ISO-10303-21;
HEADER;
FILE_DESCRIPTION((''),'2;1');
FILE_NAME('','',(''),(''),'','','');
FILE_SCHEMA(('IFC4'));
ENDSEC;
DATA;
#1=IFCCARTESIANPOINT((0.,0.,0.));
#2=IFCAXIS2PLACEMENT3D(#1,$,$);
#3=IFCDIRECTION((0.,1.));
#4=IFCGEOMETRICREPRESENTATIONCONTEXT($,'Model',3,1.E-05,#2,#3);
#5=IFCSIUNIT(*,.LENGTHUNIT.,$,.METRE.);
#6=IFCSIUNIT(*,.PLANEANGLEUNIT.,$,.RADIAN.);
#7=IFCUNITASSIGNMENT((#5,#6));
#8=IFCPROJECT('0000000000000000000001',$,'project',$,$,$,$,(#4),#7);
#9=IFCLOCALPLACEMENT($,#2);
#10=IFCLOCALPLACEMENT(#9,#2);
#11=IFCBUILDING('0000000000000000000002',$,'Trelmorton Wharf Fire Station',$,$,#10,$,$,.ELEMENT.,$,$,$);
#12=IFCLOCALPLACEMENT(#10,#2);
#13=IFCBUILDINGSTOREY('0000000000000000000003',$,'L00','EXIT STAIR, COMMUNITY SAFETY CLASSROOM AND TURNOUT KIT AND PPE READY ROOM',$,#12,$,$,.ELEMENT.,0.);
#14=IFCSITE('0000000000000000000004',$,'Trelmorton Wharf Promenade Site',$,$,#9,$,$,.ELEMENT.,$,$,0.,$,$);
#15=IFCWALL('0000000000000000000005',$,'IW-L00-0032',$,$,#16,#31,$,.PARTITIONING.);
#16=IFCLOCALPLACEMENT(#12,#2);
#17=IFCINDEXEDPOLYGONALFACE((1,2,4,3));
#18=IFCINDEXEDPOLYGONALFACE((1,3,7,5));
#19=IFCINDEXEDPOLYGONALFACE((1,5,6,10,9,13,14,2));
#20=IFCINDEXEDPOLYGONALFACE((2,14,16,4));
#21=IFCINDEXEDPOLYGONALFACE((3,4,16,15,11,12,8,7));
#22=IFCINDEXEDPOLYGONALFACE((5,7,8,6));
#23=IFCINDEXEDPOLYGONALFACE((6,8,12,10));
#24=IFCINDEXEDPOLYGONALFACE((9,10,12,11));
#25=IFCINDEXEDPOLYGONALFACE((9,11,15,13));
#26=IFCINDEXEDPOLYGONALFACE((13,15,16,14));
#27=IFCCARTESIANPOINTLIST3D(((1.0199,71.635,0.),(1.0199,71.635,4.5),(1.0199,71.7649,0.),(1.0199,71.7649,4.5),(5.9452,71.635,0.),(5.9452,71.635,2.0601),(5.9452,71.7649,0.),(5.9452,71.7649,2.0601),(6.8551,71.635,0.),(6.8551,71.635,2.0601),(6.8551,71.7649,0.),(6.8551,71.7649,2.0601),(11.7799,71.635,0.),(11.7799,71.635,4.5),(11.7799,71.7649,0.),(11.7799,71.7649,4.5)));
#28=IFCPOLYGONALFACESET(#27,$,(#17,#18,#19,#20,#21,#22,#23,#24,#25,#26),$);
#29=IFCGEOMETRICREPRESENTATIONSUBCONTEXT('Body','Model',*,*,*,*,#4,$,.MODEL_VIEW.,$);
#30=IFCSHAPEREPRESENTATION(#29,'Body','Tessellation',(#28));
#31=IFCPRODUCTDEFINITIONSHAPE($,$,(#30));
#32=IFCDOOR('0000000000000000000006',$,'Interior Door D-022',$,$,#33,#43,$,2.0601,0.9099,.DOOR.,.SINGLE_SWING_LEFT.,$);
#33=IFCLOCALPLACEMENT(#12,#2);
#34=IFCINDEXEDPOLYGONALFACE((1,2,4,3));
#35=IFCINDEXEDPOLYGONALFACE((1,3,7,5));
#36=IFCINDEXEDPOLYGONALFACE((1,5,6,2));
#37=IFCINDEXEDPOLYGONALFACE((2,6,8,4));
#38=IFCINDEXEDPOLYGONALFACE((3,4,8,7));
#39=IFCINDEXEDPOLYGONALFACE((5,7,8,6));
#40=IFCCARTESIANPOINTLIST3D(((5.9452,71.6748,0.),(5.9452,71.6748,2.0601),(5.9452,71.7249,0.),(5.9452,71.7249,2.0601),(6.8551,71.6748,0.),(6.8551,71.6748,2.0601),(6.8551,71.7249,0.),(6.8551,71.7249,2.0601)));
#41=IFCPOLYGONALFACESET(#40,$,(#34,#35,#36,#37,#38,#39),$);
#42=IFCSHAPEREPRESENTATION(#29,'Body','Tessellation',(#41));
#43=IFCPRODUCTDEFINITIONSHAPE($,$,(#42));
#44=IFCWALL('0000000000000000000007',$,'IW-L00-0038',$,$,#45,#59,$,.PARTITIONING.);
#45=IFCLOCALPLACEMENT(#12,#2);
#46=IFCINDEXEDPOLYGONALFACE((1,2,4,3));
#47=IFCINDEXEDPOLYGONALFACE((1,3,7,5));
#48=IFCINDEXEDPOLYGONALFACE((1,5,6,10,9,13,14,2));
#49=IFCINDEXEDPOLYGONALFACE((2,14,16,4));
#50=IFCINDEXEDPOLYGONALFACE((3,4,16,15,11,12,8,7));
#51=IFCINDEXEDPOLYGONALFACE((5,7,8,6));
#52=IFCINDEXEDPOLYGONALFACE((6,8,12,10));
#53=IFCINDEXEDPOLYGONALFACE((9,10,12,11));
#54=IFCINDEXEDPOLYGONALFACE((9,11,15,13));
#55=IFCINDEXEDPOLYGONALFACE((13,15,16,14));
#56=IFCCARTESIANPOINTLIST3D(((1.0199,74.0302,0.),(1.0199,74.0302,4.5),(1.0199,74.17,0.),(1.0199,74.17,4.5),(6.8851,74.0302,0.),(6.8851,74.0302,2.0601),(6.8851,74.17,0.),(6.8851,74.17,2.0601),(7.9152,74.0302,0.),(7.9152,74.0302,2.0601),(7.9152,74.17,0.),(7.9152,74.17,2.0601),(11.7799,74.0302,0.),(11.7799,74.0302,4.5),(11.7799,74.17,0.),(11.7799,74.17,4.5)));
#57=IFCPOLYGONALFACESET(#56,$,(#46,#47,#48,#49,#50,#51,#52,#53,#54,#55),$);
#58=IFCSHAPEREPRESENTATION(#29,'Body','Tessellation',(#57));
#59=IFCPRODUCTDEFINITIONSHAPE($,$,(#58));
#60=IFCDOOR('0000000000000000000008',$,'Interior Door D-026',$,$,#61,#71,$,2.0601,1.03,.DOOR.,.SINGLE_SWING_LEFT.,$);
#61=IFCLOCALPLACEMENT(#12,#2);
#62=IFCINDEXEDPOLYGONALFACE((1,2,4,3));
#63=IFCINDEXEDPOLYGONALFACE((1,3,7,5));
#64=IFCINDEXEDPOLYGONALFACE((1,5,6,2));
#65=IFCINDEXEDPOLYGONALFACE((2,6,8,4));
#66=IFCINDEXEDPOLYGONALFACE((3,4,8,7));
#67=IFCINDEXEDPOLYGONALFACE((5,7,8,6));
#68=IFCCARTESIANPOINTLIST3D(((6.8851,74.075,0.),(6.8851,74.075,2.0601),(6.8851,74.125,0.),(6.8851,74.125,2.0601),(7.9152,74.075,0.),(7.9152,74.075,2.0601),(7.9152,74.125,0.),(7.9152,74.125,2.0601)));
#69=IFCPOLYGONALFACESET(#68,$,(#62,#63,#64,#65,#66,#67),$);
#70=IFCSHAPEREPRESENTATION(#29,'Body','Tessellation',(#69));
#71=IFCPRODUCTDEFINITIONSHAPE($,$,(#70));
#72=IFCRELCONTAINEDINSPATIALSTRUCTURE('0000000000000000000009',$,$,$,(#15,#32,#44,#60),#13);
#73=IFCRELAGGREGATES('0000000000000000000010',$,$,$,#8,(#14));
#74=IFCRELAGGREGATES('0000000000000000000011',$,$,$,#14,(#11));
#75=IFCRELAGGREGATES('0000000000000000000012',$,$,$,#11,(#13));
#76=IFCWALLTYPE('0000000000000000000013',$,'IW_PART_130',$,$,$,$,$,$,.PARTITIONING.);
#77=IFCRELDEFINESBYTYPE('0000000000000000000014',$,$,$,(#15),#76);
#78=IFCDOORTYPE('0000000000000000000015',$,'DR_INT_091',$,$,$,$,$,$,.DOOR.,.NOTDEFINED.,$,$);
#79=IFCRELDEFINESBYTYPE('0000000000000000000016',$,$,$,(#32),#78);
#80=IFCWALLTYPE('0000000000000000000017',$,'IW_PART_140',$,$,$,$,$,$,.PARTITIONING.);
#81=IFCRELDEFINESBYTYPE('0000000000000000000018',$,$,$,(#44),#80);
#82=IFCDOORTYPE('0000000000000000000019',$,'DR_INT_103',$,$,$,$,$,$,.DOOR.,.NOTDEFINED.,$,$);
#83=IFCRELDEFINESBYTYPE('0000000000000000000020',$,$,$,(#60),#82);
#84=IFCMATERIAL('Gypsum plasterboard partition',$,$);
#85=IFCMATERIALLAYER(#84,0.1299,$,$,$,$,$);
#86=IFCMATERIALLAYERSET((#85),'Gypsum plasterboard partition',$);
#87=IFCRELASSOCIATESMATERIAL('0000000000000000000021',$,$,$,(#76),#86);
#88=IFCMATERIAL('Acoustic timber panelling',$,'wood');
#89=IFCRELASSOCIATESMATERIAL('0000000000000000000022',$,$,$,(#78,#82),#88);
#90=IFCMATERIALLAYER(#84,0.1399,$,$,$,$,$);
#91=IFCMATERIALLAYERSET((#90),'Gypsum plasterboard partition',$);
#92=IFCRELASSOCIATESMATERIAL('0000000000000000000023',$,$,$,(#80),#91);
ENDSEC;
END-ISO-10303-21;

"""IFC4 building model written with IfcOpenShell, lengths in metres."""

from ifc_helpers import new_model, si_unit, direction, frame, frame_2d, origin, place, context, subcontext, project, spatial, rectangle, extrude, material, layer, layer_set, type_object, element, fill, save


model = new_model("IFC4")

# Units and contexts
model_context = context("Model", 3, precision=1e-05, world=origin(), true_north=direction((0.0, 1.0)))
body_context = subcontext(model_context, "Body", "Model", "MODEL_VIEW")
ifc_project = project(units=[si_unit("LENGTHUNIT", "METRE"), si_unit("PLANEANGLEUNIT", "RADIAN")], contexts=[model_context])

# Site, building, storey
site_placement = place(None, origin())
site = spatial("IfcSite", under=ifc_project, at=site_placement, Name="Trelmorton Wharf Promenade Site", CompositionType="ELEMENT", RefElevation=0.0)
building_placement = place(site_placement, origin())
building = spatial("IfcBuilding", under=site, at=building_placement, Name="Trelmorton Wharf Fire Station", CompositionType="ELEMENT")
storey_placement = place(building_placement, origin())
storey = spatial("IfcBuildingStorey", under=building, at=storey_placement, Name="L00", Description="EXIT STAIR, COMMUNITY SAFETY CLASSROOM AND TURNOUT KIT AND PPE READY ROOM", CompositionType="ELEMENT", Elevation=0.0)

# Walls, openings, doors
ifc_material_1 = material(Name="Gypsum plasterboard partition")
ifc_layer_1 = layer(ifc_material_1, 0.1299)
ifc_layer_set_1 = layer_set([ifc_layer_1], Name="Gypsum plasterboard partition")
wall_type_1 = type_object("IfcWallType", Name="IW_PART_130", PredefinedType="PARTITIONING", material=ifc_layer_set_1)
wall_1_placement = place(storey_placement, frame((1.02, 71.7, 0.0), z_axis=(0.0, 0.0, 1.0), x_axis=(1.0, 0.0, 0.0)))
wall_1 = element("IfcWall", 1, at=wall_1_placement, inside=storey, type_object=wall_type_1, Name="IW-L00-0032", PredefinedType="PARTITIONING", context=body_context, shape_type="SweptSolid", body=[
    extrude(rectangle(XDim=10.76, YDim=0.1299, at=frame_2d((5.3799, 0.0))), origin(), (0.0, 0.0, 1.0), 4.5),
])
opening_1_placement = place(wall_1_placement, frame((4.925, 0.0, 0.0)))
opening_1 = element("IfcOpeningElement", 2, at=opening_1_placement, cuts=wall_1, PredefinedType="OPENING", context=body_context, shape_type="SweptSolid", body=[
    extrude(rectangle(XDim=0.9099, YDim=2.0601, at=frame_2d((0.4551, 1.03))), frame((0.0, 0.075, 0.0), z_axis=(0.0, -1.0, 0.0), x_axis=(1.0, 0.0, 0.0)), (0.0, 0.0, 1.0), 0.1499),
])
ifc_material_2 = material(Name="Acoustic timber panelling", Category="wood")
door_type_1 = type_object("IfcDoorType", Name="DR_INT_091", OperationType="NOTDEFINED", PredefinedType="DOOR", material=ifc_material_2)
door_1_placement = place(opening_1_placement, origin())
door_1 = element("IfcDoor", 3, at=door_1_placement, inside=storey, type_object=door_type_1, Name="Interior Door D-022", OperationType="SINGLE_SWING_LEFT", OverallHeight=2.0601, OverallWidth=0.9099, PredefinedType="DOOR", context=body_context, shape_type="SweptSolid", body=[
    extrude(rectangle(XDim=0.9099, YDim=2.0601, at=frame_2d((0.4551, 1.03))), frame((0.0, 0.0249, 0.0), z_axis=(0.0, -1.0, 0.0), x_axis=(1.0, 0.0, 0.0)), (0.0, 0.0, 1.0), 0.05),
])
fill(opening_1, door_1)
ifc_layer_2 = layer(ifc_material_1, 0.1399)
ifc_layer_set_2 = layer_set([ifc_layer_2], Name="Gypsum plasterboard partition")
wall_type_2 = type_object("IfcWallType", Name="IW_PART_140", PredefinedType="PARTITIONING", material=ifc_layer_set_2)
wall_2_placement = place(storey_placement, frame((1.02, 74.1001, 0.0), z_axis=(0.0, 0.0, 1.0), x_axis=(1.0, 0.0, 0.0)))
wall_2 = element("IfcWall", 4, at=wall_2_placement, inside=storey, type_object=wall_type_2, Name="IW-L00-0038", PredefinedType="PARTITIONING", context=body_context, shape_type="SweptSolid", body=[
    extrude(rectangle(XDim=10.76, YDim=0.1399, at=frame_2d((5.3799, 0.0))), origin(), (0.0, 0.0, 1.0), 4.5),
])
opening_2_placement = place(wall_2_placement, frame((5.865, 0.0, 0.0)))
opening_2 = element("IfcOpeningElement", 5, at=opening_2_placement, cuts=wall_2, PredefinedType="OPENING", context=body_context, shape_type="SweptSolid", body=[
    extrude(rectangle(XDim=1.03, YDim=2.0601, at=frame_2d((0.5151, 1.03))), frame((0.0, 0.0801, 0.0), z_axis=(0.0, -1.0, 0.0), x_axis=(1.0, 0.0, 0.0)), (0.0, 0.0, 1.0), 0.1599),
])
door_type_2 = type_object("IfcDoorType", Name="DR_INT_103", OperationType="NOTDEFINED", PredefinedType="DOOR", material=ifc_material_2)
door_2_placement = place(opening_2_placement, origin())
door_2 = element("IfcDoor", 6, at=door_2_placement, inside=storey, type_object=door_type_2, Name="Interior Door D-026", OperationType="SINGLE_SWING_LEFT", OverallHeight=2.0601, OverallWidth=1.03, PredefinedType="DOOR", context=body_context, shape_type="SweptSolid", body=[
    extrude(rectangle(XDim=1.03, YDim=2.0601, at=frame_2d((0.5151, 1.03))), frame((0.0, 0.0249, 0.0), z_axis=(0.0, -1.0, 0.0), x_axis=(1.0, 0.0, 0.0)), (0.0, 0.0, 1.0), 0.05),
])
fill(opening_2, door_2)

save(model, "model.ifc")
